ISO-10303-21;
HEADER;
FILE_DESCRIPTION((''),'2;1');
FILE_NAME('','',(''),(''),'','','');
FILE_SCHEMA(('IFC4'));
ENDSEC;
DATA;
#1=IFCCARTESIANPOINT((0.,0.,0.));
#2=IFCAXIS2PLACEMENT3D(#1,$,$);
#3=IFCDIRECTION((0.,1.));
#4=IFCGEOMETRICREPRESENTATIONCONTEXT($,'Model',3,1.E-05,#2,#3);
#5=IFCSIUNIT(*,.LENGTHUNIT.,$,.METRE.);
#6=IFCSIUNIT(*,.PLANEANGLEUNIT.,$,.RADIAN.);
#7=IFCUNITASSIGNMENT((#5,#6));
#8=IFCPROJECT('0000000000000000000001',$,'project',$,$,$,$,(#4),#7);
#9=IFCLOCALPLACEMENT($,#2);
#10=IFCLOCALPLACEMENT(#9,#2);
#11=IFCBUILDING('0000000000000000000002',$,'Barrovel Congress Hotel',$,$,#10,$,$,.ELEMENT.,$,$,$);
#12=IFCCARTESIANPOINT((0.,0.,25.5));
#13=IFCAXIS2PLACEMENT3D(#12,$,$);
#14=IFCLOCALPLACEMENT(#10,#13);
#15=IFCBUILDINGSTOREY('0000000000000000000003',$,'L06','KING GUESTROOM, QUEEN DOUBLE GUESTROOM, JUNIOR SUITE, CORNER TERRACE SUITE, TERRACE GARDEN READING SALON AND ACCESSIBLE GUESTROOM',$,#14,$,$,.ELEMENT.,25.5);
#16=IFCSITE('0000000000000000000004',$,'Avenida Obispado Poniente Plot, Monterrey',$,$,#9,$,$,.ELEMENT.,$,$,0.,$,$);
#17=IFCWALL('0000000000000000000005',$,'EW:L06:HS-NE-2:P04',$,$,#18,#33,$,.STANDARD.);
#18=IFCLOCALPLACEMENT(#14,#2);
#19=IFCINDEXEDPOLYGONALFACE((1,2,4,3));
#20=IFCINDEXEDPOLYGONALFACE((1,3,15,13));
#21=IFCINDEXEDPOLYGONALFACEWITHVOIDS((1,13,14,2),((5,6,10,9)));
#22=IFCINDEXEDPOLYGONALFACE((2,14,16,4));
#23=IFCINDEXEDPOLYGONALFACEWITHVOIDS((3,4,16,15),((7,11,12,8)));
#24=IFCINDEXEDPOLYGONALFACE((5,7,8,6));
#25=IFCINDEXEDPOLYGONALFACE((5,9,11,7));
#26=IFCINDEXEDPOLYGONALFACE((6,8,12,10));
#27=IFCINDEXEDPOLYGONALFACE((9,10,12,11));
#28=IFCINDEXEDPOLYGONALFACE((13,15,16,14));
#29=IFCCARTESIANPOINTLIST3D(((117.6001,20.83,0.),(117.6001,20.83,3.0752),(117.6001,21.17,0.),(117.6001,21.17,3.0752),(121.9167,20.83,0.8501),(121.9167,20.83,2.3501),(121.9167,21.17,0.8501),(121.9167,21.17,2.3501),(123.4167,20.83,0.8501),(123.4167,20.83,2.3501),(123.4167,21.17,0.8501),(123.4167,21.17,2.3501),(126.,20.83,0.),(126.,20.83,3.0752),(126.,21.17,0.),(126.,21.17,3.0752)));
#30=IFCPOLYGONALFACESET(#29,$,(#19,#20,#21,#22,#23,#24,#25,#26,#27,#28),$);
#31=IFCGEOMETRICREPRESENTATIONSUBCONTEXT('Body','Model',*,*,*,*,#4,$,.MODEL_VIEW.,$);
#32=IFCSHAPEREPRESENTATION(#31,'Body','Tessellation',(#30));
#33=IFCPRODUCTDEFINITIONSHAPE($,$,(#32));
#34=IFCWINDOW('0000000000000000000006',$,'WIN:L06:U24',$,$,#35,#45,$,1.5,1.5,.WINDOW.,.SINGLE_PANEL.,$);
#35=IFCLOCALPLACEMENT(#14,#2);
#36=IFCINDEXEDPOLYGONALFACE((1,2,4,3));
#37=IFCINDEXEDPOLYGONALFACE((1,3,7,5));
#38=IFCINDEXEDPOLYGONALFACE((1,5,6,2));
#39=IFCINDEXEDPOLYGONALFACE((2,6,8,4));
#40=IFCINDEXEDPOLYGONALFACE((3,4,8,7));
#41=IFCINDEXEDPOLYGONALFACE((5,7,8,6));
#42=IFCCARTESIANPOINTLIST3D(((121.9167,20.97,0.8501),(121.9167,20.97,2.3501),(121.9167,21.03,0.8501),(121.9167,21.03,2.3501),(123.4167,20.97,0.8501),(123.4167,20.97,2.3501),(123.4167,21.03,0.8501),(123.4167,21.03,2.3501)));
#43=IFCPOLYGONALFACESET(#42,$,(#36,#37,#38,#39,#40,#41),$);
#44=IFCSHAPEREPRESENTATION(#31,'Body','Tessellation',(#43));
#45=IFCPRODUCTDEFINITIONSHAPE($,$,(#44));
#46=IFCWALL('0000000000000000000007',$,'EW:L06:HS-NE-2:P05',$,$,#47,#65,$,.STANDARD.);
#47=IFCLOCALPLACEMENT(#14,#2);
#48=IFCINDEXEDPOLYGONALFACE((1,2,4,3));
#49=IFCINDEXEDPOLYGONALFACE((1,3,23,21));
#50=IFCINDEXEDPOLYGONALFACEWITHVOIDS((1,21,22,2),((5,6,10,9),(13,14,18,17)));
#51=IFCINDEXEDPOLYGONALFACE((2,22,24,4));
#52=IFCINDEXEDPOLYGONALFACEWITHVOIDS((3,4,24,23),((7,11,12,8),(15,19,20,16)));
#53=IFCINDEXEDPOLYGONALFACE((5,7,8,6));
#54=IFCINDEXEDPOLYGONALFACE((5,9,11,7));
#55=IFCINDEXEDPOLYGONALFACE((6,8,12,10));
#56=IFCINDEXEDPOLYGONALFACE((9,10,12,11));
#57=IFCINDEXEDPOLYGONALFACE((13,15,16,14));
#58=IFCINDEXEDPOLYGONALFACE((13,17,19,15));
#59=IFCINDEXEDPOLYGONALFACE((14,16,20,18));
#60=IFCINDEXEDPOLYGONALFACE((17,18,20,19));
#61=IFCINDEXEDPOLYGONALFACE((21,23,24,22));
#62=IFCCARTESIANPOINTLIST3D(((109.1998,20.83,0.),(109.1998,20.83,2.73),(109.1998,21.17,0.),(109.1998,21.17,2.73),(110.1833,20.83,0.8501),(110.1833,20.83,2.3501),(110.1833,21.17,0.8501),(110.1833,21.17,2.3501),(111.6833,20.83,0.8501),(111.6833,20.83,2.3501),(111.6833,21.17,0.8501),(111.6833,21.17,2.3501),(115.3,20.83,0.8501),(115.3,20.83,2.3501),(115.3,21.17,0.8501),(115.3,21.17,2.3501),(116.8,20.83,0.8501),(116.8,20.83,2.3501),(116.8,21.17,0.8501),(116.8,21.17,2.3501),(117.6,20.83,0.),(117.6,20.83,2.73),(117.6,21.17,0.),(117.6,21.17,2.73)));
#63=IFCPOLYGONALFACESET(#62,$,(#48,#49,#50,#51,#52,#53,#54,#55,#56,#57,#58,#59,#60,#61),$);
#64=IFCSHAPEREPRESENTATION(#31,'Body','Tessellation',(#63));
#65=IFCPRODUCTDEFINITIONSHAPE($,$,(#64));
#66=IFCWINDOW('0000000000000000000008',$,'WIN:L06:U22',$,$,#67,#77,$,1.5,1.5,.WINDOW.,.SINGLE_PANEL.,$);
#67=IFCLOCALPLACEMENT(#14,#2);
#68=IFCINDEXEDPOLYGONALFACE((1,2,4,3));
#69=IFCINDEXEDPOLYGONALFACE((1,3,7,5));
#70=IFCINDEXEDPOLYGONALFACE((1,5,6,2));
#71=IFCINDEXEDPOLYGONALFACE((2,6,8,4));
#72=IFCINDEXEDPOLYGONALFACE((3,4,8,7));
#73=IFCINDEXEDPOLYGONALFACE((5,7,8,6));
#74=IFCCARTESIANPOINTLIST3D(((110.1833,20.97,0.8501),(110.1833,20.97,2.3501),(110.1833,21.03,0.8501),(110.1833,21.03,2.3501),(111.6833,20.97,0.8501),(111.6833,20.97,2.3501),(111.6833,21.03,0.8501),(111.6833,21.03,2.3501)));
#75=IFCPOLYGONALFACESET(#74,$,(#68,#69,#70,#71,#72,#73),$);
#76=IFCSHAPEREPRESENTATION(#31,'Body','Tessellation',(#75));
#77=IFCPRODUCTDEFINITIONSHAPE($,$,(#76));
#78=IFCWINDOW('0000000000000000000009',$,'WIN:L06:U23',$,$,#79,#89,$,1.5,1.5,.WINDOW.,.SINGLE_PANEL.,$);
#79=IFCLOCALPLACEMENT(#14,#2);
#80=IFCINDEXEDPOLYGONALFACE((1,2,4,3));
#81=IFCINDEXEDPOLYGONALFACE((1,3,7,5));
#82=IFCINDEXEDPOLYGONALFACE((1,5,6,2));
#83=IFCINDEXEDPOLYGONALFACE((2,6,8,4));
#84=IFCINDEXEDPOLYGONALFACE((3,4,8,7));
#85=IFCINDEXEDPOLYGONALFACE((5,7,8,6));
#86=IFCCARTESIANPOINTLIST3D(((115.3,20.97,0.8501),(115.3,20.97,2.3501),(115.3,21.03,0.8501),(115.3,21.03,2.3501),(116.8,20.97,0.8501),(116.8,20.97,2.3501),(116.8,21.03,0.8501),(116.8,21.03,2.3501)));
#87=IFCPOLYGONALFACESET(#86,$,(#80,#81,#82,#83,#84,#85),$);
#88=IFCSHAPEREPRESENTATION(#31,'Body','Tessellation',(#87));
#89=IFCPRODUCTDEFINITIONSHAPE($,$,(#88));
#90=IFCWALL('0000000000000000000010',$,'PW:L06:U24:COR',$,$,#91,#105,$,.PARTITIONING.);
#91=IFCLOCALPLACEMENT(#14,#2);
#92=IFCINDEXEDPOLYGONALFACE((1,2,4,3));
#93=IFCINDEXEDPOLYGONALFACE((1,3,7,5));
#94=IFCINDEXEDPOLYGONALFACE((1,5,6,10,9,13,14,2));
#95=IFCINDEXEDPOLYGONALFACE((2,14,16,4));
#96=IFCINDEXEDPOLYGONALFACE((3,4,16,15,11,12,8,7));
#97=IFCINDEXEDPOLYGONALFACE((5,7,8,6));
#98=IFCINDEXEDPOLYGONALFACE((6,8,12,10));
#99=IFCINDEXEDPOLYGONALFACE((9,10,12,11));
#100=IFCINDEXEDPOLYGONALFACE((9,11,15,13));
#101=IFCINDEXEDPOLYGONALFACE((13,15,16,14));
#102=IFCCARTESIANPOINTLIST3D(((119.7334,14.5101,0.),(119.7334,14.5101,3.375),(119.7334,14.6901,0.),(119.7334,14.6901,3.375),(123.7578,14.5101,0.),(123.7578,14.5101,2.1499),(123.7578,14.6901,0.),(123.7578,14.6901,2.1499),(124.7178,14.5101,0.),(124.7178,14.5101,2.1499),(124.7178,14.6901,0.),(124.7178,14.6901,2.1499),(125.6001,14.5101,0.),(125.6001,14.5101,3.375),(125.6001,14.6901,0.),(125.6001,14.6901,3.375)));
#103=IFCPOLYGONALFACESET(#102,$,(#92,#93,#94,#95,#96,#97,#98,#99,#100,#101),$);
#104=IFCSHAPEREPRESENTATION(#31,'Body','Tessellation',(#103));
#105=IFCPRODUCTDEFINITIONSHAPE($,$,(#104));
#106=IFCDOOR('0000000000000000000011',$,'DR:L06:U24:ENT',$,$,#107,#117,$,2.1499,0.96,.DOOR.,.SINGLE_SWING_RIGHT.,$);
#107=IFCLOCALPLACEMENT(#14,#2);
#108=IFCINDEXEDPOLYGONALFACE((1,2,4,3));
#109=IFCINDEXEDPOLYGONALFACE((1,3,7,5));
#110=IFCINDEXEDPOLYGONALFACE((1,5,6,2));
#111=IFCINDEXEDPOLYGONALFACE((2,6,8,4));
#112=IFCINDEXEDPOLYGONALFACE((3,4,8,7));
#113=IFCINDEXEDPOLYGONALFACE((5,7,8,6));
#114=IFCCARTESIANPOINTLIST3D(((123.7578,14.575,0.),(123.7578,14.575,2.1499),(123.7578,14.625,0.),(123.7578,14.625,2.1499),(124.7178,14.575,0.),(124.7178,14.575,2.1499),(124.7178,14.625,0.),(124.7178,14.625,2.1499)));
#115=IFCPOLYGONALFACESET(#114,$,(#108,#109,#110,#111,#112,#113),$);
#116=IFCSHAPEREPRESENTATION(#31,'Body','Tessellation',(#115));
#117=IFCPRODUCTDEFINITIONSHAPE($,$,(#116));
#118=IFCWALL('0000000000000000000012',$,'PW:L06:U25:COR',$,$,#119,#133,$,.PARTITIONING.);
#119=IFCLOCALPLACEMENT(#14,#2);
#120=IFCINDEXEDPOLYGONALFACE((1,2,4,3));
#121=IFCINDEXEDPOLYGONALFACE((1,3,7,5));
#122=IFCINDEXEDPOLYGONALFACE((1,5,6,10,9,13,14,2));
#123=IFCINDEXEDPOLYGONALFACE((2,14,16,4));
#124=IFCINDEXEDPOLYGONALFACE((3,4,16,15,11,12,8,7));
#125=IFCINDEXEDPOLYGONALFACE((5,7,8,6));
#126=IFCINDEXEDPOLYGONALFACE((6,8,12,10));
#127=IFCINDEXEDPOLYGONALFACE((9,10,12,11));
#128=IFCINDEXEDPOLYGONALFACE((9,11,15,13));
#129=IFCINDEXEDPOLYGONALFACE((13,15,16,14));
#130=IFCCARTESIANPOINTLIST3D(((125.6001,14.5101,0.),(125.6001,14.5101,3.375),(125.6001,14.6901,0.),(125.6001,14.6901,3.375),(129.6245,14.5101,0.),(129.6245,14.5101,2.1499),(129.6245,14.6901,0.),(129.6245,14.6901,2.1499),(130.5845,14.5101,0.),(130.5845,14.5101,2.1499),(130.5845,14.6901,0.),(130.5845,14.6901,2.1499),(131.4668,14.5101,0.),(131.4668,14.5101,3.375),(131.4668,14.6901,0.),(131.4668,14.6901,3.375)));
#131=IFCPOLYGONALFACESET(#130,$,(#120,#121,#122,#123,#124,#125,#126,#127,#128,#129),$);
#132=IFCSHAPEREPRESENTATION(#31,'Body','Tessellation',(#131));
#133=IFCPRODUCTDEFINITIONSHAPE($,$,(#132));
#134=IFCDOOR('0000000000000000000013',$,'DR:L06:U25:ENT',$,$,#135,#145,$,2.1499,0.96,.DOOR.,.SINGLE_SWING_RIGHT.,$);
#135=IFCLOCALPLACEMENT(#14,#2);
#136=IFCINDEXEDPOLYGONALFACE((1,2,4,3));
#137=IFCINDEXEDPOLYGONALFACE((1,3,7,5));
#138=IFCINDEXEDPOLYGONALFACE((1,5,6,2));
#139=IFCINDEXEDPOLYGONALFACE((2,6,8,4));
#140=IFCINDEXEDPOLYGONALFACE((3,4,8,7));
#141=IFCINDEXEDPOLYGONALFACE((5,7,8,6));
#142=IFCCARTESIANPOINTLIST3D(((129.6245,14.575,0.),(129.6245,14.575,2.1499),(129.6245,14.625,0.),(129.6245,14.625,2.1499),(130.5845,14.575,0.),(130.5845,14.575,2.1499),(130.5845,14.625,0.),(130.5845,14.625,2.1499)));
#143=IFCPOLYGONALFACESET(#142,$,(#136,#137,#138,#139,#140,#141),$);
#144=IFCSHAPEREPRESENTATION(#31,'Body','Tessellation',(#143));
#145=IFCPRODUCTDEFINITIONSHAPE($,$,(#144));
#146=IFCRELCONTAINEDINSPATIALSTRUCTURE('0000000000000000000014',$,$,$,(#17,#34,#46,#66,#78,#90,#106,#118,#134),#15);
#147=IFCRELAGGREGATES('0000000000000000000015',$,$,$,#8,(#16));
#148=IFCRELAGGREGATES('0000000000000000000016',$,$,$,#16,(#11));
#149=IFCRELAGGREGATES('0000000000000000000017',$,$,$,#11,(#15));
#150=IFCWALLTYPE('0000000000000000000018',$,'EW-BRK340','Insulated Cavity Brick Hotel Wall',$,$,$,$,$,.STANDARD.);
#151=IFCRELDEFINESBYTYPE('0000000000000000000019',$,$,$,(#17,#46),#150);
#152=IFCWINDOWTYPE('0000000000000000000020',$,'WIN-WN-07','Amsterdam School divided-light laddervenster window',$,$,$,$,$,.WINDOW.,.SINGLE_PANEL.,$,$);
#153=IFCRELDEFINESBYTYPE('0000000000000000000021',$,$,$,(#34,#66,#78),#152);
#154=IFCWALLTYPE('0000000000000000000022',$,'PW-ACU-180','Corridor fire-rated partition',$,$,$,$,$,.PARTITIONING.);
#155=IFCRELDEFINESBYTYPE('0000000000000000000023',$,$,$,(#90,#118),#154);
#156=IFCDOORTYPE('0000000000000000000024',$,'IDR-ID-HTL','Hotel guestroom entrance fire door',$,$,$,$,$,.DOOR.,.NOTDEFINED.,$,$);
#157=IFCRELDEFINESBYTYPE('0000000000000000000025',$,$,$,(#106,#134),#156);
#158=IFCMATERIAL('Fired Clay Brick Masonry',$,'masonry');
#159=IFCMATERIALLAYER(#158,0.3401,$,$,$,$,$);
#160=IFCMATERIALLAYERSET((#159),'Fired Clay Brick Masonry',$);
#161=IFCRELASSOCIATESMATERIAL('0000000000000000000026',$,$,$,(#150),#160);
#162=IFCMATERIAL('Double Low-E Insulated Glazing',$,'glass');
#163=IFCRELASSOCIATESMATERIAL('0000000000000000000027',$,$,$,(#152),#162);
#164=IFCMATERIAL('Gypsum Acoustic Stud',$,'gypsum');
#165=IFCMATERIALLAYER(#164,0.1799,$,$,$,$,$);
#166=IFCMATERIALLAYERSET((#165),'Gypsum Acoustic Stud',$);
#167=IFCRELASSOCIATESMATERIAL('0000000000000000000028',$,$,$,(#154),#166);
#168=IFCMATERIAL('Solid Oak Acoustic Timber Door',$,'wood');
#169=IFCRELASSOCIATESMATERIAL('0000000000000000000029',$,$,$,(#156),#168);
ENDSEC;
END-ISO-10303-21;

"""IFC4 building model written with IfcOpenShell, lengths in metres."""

from ifc_helpers import new_model, si_unit, direction, frame, frame_2d, origin, place, context, subcontext, project, spatial, rectangle, extrude, material, layer, layer_set, type_object, element, fill, save


model = new_model("IFC4")

# Units and contexts
model_context = context("Model", 3, precision=1e-05, world=origin(), true_north=direction((0.0, 1.0)))
body_context = subcontext(model_context, "Body", "Model", "MODEL_VIEW")
ifc_project = project(units=[si_unit("LENGTHUNIT", "METRE"), si_unit("PLANEANGLEUNIT", "RADIAN")], contexts=[model_context])

# Site, building, storey
site_placement = place(None, origin())
site = spatial("IfcSite", under=ifc_project, at=site_placement, Name="Avenida Obispado Poniente Plot, Monterrey", CompositionType="ELEMENT", RefElevation=0.0)
building_placement = place(site_placement, origin())
building = spatial("IfcBuilding", under=site, at=building_placement, Name="Barrovel Congress Hotel", CompositionType="ELEMENT")
storey_placement = place(building_placement, frame((0.0, 0.0, 25.5)))
storey = spatial("IfcBuildingStorey", under=building, at=storey_placement, Name="L06", Description="KING GUESTROOM, QUEEN DOUBLE GUESTROOM, JUNIOR SUITE, CORNER TERRACE SUITE, TERRACE GARDEN READING SALON AND ACCESSIBLE GUESTROOM", CompositionType="ELEMENT", Elevation=25.5)

# Wall, opening, window
ifc_material_1 = material(Name="Fired Clay Brick Masonry", Category="masonry")
ifc_layer_1 = layer(ifc_material_1, 0.3401)
ifc_layer_set_1 = layer_set([ifc_layer_1], Name="Fired Clay Brick Masonry")
wall_type_1 = type_object("IfcWallType", Name="EW-BRK340", Description="Insulated Cavity Brick Hotel Wall", PredefinedType="STANDARD", material=ifc_layer_set_1)
wall_1_placement = place(storey_placement, frame((126.0, 21.0, 0.0), z_axis=(0.0, 0.0, 1.0), x_axis=(-1.0, 0.0, 0.0)))
wall_1 = element("IfcWall", 1, at=wall_1_placement, inside=storey, type_object=wall_type_1, Name="EW:L06:HS-NE-2:P04", PredefinedType="STANDARD", context=body_context, shape_type="SweptSolid", body=[
    extrude(rectangle(XDim=8.3999, YDim=0.3401, at=frame_2d((4.2, 0.0))), origin(), (0.0, 0.0, 1.0), 3.0752),
])
opening_1_placement = place(wall_1_placement, frame((2.5833, 0.0, 0.8501)))
opening_1 = element("IfcOpeningElement", 2, at=opening_1_placement, cuts=wall_1, PredefinedType="OPENING", context=body_context, shape_type="SweptSolid", body=[
    extrude(rectangle(XDim=1.5, YDim=1.5, at=frame_2d((0.75, 0.75))), frame((0.0, 0.1802, 0.0), z_axis=(0.0, -1.0, 0.0), x_axis=(1.0, 0.0, 0.0)), (0.0, 0.0, 1.0), 0.3601),
])
ifc_material_2 = material(Name="Double Low-E Insulated Glazing", Category="glass")
window_type = type_object("IfcWindowType", Name="WIN-WN-07", Description="Amsterdam School divided-light laddervenster window", PartitioningType="SINGLE_PANEL", PredefinedType="WINDOW", material=ifc_material_2)
window_1_placement = place(opening_1_placement, origin())
window_1 = element("IfcWindow", 3, at=window_1_placement, inside=storey, type_object=window_type, Name="WIN:L06:U24", OverallHeight=1.5, OverallWidth=1.5, PartitioningType="SINGLE_PANEL", PredefinedType="WINDOW", context=body_context, shape_type="SweptSolid", body=[
    extrude(rectangle(XDim=1.5, YDim=1.5, at=frame_2d((0.75, 0.75))), frame((0.0, 0.03, 0.0), z_axis=(0.0, -1.0, 0.0), x_axis=(1.0, 0.0, 0.0)), (0.0, 0.0, 1.0), 0.0601),
])
fill(opening_1, window_1)

# Wall, openings, windows
wall_2_placement = place(storey_placement, frame((117.6001, 21.0, 0.0), z_axis=(0.0, 0.0, 1.0), x_axis=(-1.0, 0.0, 0.0)))
wall_2 = element("IfcWall", 4, at=wall_2_placement, inside=storey, type_object=wall_type_1, Name="EW:L06:HS-NE-2:P05", PredefinedType="STANDARD", context=body_context, shape_type="SweptSolid", body=[
    extrude(rectangle(XDim=8.4001, YDim=0.3401, at=frame_2d((4.2002, 0.0))), origin(), (0.0, 0.0, 1.0), 2.73),
])
opening_2_placement = place(wall_2_placement, frame((5.9167, 0.0, 0.8501)))
opening_2 = element("IfcOpeningElement", 5, at=opening_2_placement, cuts=wall_2, PredefinedType="OPENING", context=body_context, shape_type="SweptSolid", body=[
    extrude(rectangle(XDim=1.5, YDim=1.5, at=frame_2d((0.75, 0.75))), frame((0.0, 0.1802, 0.0), z_axis=(0.0, -1.0, 0.0), x_axis=(1.0, 0.0, 0.0)), (0.0, 0.0, 1.0), 0.3601),
])
opening_3_placement = place(wall_2_placement, frame((0.8, 0.0, 0.8501)))
opening_3 = element("IfcOpeningElement", 6, at=opening_3_placement, cuts=wall_2, PredefinedType="OPENING", context=body_context, shape_type="SweptSolid", body=[
    extrude(rectangle(XDim=1.5, YDim=1.5, at=frame_2d((0.75, 0.75))), frame((0.0, 0.1802, 0.0), z_axis=(0.0, -1.0, 0.0), x_axis=(1.0, 0.0, 0.0)), (0.0, 0.0, 1.0), 0.3601),
])
window_2_placement = place(opening_2_placement, origin())
window_2 = element("IfcWindow", 7, at=window_2_placement, inside=storey, type_object=window_type, Name="WIN:L06:U22", OverallHeight=1.5, OverallWidth=1.5, PartitioningType="SINGLE_PANEL", PredefinedType="WINDOW", context=body_context, shape_type="SweptSolid", body=[
    extrude(rectangle(XDim=1.5, YDim=1.5, at=frame_2d((0.75, 0.75))), frame((0.0, 0.03, 0.0), z_axis=(0.0, -1.0, 0.0), x_axis=(1.0, 0.0, 0.0)), (0.0, 0.0, 1.0), 0.0601),
])
fill(opening_2, window_2)
window_3_placement = place(opening_3_placement, origin())
window_3 = element("IfcWindow", 8, at=window_3_placement, inside=storey, type_object=window_type, Name="WIN:L06:U23", OverallHeight=1.5, OverallWidth=1.5, PartitioningType="SINGLE_PANEL", PredefinedType="WINDOW", context=body_context, shape_type="SweptSolid", body=[
    extrude(rectangle(XDim=1.5, YDim=1.5, at=frame_2d((0.75, 0.75))), frame((0.0, 0.03, 0.0), z_axis=(0.0, -1.0, 0.0), x_axis=(1.0, 0.0, 0.0)), (0.0, 0.0, 1.0), 0.0601),
])
fill(opening_3, window_3)

# Walls, openings, doors
ifc_material_3 = material(Name="Gypsum Acoustic Stud", Category="gypsum")
ifc_layer_2 = layer(ifc_material_3, 0.1799)
ifc_layer_set_2 = layer_set([ifc_layer_2], Name="Gypsum Acoustic Stud")
wall_type_2 = type_object("IfcWallType", Name="PW-ACU-180", Description="Corridor fire-rated partition", PredefinedType="PARTITIONING", material=ifc_layer_set_2)
wall_3_placement = place(storey_placement, frame((119.7334, 14.6001, 0.0), z_axis=(0.0, 0.0, 1.0), x_axis=(1.0, 0.0, 0.0)))
wall_3 = element("IfcWall", 9, at=wall_3_placement, inside=storey, type_object=wall_type_2, Name="PW:L06:U24:COR", PredefinedType="PARTITIONING", context=body_context, shape_type="SweptSolid", body=[
    extrude(rectangle(XDim=5.8667, YDim=0.1799, at=frame_2d((2.9333, 0.0))), origin(), (0.0, 0.0, 1.0), 3.375),
])
opening_4_placement = place(wall_3_placement, frame((4.0244, 0.0, 0.0)))
opening_4 = element("IfcOpeningElement", 10, at=opening_4_placement, cuts=wall_3, PredefinedType="OPENING", context=body_context, shape_type="SweptSolid", body=[
    extrude(rectangle(XDim=0.96, YDim=2.1499, at=frame_2d((0.48, 1.075))), frame((0.0, 0.1001, 0.0), z_axis=(0.0, -1.0, 0.0), x_axis=(1.0, 0.0, 0.0)), (0.0, 0.0, 1.0), 0.2),
])
ifc_material_4 = material(Name="Solid Oak Acoustic Timber Door", Category="wood")
door_type_1 = type_object("IfcDoorType", Name="IDR-ID-HTL", Description="Hotel guestroom entrance fire door", OperationType="NOTDEFINED", PredefinedType="DOOR", material=ifc_material_4)
door_1_placement = place(opening_4_placement, origin())
door_1 = element("IfcDoor", 11, at=door_1_placement, inside=storey, type_object=door_type_1, Name="DR:L06:U24:ENT", OperationType="SINGLE_SWING_RIGHT", OverallHeight=2.1499, OverallWidth=0.96, PredefinedType="DOOR", context=body_context, shape_type="SweptSolid", body=[
    extrude(rectangle(XDim=0.96, YDim=2.1499, at=frame_2d((0.48, 1.075))), frame((0.0, 0.0249, 0.0), z_axis=(0.0, -1.0, 0.0), x_axis=(1.0, 0.0, 0.0)), (0.0, 0.0, 1.0), 0.05),
])
fill(opening_4, door_1)
wall_4_placement = place(storey_placement, frame((125.6001, 14.6001, 0.0), z_axis=(0.0, 0.0, 1.0), x_axis=(1.0, 0.0, 0.0)))
wall_4 = element("IfcWall", 12, at=wall_4_placement, inside=storey, type_object=wall_type_2, Name="PW:L06:U25:COR", PredefinedType="PARTITIONING", context=body_context, shape_type="SweptSolid", body=[
    extrude(rectangle(XDim=5.8667, YDim=0.1799, at=frame_2d((2.9333, 0.0))), origin(), (0.0, 0.0, 1.0), 3.375),
])
opening_5_placement = place(wall_4_placement, frame((4.0244, 0.0, 0.0)))
opening_5 = element("IfcOpeningElement", 13, at=opening_5_placement, cuts=wall_4, PredefinedType="OPENING", context=body_context, shape_type="SweptSolid", body=[
    extrude(rectangle(XDim=0.96, YDim=2.1499, at=frame_2d((0.48, 1.075))), frame((0.0, 0.1001, 0.0), z_axis=(0.0, -1.0, 0.0), x_axis=(1.0, 0.0, 0.0)), (0.0, 0.0, 1.0), 0.2),
])
door_2_placement = place(opening_5_placement, origin())
door_2 = element("IfcDoor", 14, at=door_2_placement, inside=storey, type_object=door_type_1, Name="DR:L06:U25:ENT", OperationType="SINGLE_SWING_RIGHT", OverallHeight=2.1499, OverallWidth=0.96, PredefinedType="DOOR", context=body_context, shape_type="SweptSolid", body=[
    extrude(rectangle(XDim=0.96, YDim=2.1499, at=frame_2d((0.48, 1.075))), frame((0.0, 0.0249, 0.0), z_axis=(0.0, -1.0, 0.0), x_axis=(1.0, 0.0, 0.0)), (0.0, 0.0, 1.0), 0.05),
])
fill(opening_5, door_2)

save(model, "model.ifc")
